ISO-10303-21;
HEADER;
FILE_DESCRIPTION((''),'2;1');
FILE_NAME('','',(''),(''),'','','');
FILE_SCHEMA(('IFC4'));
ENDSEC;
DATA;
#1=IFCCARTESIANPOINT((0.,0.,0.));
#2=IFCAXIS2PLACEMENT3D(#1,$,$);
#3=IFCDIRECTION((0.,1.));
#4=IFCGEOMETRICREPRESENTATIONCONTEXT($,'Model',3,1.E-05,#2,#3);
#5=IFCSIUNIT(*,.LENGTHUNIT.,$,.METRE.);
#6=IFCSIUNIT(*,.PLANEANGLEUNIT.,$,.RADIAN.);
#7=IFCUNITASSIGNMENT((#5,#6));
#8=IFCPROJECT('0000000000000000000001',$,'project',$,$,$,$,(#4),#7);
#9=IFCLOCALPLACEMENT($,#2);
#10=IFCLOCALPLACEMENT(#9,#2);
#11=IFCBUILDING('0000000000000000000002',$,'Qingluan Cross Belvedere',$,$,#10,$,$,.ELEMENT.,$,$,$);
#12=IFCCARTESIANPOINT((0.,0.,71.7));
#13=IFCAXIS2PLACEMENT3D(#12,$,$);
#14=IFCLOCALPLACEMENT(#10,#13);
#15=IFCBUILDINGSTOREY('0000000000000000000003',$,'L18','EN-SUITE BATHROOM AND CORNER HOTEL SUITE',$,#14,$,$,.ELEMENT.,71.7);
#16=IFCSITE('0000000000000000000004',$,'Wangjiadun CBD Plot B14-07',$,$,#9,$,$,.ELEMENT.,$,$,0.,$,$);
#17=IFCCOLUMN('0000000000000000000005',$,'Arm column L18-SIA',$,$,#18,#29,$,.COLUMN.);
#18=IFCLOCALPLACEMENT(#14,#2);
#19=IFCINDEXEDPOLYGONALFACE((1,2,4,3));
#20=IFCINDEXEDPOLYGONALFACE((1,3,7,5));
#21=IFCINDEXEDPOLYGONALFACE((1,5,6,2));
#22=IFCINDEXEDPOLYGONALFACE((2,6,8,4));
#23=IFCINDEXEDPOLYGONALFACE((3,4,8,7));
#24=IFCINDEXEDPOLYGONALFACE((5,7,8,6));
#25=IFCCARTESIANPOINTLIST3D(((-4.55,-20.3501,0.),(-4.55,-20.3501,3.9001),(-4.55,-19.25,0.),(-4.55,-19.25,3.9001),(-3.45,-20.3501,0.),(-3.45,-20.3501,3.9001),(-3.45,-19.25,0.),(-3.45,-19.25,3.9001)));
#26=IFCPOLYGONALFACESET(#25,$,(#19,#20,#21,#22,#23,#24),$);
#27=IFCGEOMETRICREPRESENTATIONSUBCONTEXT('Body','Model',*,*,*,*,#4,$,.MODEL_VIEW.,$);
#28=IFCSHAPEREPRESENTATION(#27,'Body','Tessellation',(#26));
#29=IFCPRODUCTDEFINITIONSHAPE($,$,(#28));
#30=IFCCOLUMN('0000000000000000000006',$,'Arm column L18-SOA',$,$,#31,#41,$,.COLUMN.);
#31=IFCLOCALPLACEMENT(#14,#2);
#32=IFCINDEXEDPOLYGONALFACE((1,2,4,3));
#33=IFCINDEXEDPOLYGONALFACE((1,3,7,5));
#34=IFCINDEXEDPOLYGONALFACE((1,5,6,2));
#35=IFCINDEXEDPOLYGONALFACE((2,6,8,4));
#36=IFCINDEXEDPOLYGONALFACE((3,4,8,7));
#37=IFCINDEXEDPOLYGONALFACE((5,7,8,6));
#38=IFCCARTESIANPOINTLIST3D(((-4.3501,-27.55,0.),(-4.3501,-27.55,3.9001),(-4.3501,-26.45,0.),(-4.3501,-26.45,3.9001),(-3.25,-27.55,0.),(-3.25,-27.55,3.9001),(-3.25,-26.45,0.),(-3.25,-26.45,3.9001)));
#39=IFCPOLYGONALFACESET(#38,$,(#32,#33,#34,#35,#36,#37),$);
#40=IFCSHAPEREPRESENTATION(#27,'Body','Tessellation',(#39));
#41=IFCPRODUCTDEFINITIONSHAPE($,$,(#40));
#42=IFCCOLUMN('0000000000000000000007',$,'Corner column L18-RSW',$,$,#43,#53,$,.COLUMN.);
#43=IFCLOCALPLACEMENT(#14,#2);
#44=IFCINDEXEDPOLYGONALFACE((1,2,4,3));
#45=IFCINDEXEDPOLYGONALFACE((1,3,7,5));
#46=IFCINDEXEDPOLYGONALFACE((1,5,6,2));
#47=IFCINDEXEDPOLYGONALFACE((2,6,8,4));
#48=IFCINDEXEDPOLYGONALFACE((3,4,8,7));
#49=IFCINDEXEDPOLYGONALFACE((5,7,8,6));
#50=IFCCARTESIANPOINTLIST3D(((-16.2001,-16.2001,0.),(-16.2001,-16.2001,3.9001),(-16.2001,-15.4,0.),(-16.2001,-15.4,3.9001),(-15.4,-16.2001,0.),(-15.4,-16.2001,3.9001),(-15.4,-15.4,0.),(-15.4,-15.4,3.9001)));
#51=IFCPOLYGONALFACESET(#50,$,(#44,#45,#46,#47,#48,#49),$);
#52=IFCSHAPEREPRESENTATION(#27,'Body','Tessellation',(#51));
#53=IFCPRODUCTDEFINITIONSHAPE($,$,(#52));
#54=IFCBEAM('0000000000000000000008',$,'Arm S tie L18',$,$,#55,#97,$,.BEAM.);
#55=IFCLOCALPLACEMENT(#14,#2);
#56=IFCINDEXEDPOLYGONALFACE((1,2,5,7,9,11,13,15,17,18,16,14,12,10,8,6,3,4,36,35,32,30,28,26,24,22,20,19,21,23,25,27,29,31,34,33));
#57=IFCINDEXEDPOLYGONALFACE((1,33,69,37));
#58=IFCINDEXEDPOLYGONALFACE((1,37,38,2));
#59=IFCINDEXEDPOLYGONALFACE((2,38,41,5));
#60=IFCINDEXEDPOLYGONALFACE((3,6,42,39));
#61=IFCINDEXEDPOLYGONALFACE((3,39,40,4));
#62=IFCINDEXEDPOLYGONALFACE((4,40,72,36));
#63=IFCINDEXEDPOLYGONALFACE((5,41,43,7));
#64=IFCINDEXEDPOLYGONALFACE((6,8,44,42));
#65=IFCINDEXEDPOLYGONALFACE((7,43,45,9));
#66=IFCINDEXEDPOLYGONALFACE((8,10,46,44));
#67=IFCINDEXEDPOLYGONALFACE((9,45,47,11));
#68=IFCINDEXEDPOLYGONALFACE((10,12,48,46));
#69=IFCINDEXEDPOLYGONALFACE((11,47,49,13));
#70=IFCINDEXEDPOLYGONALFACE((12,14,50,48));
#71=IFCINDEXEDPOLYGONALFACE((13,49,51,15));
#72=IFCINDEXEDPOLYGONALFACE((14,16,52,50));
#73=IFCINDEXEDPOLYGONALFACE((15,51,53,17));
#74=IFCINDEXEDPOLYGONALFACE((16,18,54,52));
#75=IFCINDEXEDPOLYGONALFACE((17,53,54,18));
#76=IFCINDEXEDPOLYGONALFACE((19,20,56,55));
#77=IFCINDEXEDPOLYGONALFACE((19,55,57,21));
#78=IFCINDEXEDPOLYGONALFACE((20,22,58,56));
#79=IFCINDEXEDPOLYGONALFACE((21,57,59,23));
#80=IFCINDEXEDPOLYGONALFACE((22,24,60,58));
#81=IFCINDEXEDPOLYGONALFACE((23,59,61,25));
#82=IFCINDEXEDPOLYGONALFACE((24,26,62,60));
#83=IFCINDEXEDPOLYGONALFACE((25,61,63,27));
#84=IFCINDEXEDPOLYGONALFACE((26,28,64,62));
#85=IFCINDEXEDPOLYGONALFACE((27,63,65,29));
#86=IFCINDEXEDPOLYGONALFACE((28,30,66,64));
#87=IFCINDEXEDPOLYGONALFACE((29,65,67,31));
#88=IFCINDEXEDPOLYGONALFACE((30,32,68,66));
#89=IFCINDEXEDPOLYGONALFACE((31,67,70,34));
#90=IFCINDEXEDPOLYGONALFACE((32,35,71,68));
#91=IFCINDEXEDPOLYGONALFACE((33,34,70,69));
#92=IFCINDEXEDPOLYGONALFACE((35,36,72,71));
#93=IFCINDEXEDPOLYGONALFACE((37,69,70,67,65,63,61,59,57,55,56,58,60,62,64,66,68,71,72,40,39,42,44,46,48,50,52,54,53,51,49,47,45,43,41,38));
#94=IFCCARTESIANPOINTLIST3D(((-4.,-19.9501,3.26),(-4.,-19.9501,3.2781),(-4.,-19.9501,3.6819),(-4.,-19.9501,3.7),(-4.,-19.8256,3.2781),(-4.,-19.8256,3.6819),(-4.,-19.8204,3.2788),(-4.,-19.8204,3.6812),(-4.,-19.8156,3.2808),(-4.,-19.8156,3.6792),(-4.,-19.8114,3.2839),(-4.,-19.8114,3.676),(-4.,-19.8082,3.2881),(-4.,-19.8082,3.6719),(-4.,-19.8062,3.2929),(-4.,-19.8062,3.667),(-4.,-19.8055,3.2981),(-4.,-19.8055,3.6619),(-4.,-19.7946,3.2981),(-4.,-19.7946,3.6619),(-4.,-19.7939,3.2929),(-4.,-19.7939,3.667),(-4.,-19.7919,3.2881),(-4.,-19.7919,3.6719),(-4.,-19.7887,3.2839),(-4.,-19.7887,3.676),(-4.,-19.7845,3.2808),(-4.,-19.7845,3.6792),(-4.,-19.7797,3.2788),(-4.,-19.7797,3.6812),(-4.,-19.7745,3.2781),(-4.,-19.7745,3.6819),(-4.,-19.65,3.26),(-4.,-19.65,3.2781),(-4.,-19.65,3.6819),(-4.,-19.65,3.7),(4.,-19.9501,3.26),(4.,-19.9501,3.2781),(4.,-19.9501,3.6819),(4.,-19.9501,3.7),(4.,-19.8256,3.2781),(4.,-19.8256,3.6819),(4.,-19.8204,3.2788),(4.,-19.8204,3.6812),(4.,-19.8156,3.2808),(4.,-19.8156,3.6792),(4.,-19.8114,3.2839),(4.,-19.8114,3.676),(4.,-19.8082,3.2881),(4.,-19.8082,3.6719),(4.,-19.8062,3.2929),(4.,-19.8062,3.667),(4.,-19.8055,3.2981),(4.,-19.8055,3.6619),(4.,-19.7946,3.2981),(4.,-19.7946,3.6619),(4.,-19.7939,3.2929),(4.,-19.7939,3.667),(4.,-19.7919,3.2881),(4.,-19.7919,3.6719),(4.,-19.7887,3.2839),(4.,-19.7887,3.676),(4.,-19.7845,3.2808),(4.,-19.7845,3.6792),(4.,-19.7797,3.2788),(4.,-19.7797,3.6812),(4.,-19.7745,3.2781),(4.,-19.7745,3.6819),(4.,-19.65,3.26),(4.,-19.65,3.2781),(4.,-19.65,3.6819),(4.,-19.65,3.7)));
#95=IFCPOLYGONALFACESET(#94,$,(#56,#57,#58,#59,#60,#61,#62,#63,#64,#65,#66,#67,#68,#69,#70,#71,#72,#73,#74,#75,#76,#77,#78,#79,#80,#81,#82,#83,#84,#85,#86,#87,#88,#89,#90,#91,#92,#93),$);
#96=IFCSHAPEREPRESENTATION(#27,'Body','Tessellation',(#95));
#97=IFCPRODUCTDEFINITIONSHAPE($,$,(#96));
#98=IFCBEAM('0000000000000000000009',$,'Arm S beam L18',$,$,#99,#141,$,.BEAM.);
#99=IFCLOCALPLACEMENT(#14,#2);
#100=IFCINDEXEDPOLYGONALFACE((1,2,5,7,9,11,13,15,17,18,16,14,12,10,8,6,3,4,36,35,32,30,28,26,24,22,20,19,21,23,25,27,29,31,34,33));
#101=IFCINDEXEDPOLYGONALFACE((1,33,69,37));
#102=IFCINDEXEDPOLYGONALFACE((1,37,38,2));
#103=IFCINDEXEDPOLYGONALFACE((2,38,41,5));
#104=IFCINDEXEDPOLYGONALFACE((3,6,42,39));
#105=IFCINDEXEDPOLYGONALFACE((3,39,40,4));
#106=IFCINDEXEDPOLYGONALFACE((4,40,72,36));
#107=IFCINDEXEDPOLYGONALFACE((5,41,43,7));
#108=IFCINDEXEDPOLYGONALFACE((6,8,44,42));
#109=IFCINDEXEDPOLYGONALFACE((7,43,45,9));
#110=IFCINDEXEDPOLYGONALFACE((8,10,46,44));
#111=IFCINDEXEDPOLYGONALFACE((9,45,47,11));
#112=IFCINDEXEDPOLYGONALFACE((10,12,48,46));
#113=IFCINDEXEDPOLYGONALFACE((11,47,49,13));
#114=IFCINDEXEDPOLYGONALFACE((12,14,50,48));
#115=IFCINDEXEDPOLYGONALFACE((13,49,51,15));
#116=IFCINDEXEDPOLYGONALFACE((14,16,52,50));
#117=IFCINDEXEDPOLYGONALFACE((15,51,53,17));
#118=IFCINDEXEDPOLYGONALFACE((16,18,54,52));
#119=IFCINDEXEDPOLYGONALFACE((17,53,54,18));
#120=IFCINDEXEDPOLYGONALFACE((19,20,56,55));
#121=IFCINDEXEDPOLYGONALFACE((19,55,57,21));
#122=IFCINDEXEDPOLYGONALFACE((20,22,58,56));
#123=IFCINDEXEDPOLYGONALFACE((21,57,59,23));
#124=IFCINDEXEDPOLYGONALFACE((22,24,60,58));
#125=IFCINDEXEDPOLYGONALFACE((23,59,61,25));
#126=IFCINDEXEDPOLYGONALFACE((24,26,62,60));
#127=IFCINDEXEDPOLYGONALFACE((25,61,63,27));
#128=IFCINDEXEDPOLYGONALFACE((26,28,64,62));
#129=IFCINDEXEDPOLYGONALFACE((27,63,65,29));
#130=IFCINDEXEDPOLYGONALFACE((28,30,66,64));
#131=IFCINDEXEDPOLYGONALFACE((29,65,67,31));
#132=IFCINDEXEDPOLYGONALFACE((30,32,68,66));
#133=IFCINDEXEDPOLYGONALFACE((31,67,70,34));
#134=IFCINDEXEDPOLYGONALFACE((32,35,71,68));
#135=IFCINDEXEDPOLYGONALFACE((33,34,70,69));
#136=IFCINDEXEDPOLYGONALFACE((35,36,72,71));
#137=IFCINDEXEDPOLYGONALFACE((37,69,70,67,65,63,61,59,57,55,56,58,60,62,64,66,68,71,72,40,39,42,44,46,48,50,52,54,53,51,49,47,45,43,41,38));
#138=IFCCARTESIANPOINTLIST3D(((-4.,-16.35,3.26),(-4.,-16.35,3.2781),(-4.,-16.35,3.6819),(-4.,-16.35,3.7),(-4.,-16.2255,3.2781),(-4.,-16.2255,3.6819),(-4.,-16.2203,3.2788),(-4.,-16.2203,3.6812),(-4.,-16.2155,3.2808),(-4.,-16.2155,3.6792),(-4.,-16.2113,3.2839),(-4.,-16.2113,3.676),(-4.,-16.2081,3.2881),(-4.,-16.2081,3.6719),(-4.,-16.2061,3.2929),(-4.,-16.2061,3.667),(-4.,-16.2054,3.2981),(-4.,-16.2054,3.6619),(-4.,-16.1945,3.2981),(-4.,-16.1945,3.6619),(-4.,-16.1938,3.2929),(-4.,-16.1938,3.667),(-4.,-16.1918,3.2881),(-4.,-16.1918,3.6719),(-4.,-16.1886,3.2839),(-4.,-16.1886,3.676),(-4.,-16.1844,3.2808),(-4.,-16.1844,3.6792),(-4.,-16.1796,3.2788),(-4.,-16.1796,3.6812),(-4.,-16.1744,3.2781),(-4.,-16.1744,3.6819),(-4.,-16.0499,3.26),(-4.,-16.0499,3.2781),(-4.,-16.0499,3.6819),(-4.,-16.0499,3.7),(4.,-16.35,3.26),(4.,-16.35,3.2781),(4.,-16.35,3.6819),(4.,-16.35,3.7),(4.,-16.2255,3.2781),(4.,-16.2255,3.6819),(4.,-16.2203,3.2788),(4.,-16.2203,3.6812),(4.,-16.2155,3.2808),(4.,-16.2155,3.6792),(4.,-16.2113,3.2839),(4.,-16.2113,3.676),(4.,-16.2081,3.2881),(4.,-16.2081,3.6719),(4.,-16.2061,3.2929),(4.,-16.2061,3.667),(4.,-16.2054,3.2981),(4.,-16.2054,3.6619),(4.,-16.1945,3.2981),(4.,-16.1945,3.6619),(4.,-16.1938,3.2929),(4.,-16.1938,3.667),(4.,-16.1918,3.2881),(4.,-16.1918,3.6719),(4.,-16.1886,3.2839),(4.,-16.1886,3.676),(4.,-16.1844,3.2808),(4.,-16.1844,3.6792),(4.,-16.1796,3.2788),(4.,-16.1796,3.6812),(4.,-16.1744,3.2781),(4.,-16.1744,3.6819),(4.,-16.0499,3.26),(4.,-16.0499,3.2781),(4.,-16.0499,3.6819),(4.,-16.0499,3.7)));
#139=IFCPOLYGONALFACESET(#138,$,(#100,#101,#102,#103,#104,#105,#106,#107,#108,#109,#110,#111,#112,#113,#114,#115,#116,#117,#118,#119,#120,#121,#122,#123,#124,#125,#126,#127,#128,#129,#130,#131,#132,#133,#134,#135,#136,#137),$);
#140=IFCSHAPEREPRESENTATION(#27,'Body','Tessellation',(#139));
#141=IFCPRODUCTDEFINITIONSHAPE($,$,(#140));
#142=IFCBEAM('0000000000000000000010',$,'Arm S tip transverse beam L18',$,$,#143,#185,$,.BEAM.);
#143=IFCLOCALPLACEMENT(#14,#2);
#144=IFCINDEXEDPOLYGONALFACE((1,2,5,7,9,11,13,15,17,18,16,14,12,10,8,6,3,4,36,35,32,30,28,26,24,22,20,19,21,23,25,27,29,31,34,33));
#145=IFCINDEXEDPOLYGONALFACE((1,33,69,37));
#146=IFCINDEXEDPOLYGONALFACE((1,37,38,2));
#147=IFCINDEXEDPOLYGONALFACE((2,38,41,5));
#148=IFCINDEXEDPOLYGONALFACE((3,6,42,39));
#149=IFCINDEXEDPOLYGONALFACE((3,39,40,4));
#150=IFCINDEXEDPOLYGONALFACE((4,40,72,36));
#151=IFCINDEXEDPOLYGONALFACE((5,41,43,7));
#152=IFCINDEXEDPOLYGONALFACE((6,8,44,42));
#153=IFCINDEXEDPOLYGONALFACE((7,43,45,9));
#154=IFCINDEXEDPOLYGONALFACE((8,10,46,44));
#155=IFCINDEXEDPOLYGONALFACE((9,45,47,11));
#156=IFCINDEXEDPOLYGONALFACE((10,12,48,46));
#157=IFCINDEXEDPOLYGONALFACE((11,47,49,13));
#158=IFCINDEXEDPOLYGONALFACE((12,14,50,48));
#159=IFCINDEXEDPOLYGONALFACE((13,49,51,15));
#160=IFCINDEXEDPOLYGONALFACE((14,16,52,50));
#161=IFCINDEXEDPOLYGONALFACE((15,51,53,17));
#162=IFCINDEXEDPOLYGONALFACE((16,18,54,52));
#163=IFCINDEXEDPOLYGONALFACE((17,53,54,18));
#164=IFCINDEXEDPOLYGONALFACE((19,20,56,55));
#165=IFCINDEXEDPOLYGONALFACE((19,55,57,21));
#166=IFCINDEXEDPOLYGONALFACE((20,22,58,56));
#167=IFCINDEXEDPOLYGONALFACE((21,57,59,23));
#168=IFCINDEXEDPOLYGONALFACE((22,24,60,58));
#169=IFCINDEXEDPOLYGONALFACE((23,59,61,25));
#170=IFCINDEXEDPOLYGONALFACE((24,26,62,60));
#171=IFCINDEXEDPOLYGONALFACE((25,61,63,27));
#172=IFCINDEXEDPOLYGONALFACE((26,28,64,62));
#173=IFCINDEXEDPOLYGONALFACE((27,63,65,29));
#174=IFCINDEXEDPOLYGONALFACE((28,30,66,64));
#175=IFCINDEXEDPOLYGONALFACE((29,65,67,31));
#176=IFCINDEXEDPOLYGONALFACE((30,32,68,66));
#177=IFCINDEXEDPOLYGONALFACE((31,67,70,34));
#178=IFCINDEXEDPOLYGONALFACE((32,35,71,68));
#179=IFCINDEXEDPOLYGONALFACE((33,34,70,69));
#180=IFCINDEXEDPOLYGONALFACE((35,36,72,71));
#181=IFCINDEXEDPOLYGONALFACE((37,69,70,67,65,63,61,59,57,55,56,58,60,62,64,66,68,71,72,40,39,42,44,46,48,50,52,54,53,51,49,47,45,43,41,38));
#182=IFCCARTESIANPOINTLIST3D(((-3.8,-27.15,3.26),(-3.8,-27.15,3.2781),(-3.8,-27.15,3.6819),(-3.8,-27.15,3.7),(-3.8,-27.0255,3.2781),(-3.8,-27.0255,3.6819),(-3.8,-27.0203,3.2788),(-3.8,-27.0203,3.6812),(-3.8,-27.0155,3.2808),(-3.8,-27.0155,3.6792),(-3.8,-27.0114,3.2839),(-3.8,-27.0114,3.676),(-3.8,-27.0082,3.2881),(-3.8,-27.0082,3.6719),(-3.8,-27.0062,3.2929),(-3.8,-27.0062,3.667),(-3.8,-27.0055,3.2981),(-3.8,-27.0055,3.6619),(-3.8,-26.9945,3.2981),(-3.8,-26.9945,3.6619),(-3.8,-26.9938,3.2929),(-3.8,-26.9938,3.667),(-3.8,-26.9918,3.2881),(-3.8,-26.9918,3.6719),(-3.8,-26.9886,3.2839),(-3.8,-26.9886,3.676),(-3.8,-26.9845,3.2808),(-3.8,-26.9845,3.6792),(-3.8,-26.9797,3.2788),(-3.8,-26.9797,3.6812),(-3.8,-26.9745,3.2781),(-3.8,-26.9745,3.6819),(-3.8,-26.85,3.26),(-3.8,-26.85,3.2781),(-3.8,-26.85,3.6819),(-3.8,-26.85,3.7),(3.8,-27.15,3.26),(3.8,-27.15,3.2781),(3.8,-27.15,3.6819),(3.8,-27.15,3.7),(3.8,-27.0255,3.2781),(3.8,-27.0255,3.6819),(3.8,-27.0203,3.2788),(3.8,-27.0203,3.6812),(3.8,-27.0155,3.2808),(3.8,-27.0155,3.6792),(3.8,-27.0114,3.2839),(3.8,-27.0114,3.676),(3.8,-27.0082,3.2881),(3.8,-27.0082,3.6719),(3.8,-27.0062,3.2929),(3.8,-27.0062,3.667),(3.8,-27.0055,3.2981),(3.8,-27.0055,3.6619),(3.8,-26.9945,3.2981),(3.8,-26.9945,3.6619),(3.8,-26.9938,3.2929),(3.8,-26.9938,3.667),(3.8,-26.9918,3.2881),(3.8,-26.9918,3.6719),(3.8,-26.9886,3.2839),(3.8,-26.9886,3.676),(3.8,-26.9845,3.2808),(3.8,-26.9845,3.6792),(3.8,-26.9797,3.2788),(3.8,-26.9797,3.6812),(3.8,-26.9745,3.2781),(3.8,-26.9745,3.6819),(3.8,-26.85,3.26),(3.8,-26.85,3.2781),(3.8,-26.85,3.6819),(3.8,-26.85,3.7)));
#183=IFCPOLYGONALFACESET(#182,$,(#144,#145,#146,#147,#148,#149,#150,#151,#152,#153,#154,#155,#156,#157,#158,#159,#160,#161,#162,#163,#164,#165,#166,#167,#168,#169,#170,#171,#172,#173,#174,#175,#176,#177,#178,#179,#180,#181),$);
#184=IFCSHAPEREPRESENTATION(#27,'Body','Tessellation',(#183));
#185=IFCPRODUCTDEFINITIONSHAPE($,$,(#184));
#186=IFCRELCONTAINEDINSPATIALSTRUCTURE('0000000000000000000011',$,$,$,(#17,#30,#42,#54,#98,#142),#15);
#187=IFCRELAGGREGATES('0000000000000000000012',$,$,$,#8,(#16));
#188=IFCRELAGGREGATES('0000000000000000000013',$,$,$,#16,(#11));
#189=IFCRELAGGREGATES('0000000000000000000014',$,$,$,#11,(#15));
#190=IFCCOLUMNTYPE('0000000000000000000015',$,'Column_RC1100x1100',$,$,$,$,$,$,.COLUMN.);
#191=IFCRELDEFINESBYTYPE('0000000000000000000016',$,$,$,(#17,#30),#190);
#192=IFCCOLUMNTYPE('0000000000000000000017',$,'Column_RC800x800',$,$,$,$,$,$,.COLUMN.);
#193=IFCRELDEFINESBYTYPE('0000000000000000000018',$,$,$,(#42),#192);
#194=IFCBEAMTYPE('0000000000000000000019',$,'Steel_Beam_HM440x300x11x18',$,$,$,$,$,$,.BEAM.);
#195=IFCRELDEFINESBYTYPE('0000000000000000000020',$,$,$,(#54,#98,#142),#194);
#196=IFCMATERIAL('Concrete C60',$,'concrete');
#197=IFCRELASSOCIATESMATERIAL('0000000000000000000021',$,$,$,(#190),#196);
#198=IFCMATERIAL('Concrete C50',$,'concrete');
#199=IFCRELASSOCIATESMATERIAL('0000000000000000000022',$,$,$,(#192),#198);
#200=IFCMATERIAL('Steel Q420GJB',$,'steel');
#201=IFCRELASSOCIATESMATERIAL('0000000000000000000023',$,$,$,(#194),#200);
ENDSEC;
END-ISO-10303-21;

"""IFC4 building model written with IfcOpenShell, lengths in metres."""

from ifc_helpers import new_model, si_unit, direction, frame, origin, origin_2d, place, context, subcontext, project, spatial, rectangle, i_section, extrude, material, material_profile, profile_set, type_object, element, save


model = new_model("IFC4")

# Units and contexts
model_context = context("Model", 3, precision=1e-05, world=origin(), true_north=direction((0.0, 1.0)))
body_context = subcontext(model_context, "Body", "Model", "MODEL_VIEW")
ifc_project = project(units=[si_unit("LENGTHUNIT", "METRE"), si_unit("PLANEANGLEUNIT", "RADIAN")], contexts=[model_context])

# Site, building, storey
site_placement = place(None, origin())
site = spatial("IfcSite", under=ifc_project, at=site_placement, Name="Wangjiadun CBD Plot B14-07", CompositionType="ELEMENT", RefElevation=0.0)
building_placement = place(site_placement, origin())
building = spatial("IfcBuilding", under=site, at=building_placement, Name="Qingluan Cross Belvedere", CompositionType="ELEMENT")
storey_placement = place(building_placement, frame((0.0, 0.0, 71.7)))
storey = spatial("IfcBuildingStorey", under=building, at=storey_placement, Name="L18", Description="EN-SUITE BATHROOM AND CORNER HOTEL SUITE", CompositionType="ELEMENT", Elevation=71.7)

# Columns
ifc_material_1 = material(Name="Concrete C60", Category="concrete")
ifc_material_profile_1 = material_profile(ifc_material_1, rectangle(XDim=1.1001, YDim=1.1001, at=origin_2d()), Name="RC1100x1100")
ifc_profile_set_1 = profile_set([ifc_material_profile_1], Name="Concrete C60")
column_type_1 = type_object("IfcColumnType", Name="Column_RC1100x1100", PredefinedType="COLUMN", material=ifc_profile_set_1)
for number, where, z_axis, x_axis, name in (
    (1, (-4.0, -19.8, 0.0), (0.0, 0.0, 1.0), (1.0, 0.0, 0.0), "Arm column L18-SIA"),
    (2, (-3.8, -27.0, 0.0), (0.0, 0.0, 1.0), (1.0, 0.0, 0.0), "Arm column L18-SOA"),
):
    element("IfcColumn", number, at=place(storey_placement, frame(where, z_axis=z_axis, x_axis=x_axis)), inside=storey, type_object=column_type_1, Name=name, PredefinedType="COLUMN", context=body_context, shape_type="SweptSolid", body=[
        extrude(rectangle(XDim=1.1001, YDim=1.1001, at=origin_2d()), origin(), (0.0, 0.0, 1.0), 3.9001),
    ])
ifc_material_2 = material(Name="Concrete C50", Category="concrete")
ifc_material_profile_2 = material_profile(ifc_material_2, rectangle(XDim=0.8, YDim=0.8, at=origin_2d()), Name="RC800x800")
ifc_profile_set_2 = profile_set([ifc_material_profile_2], Name="Concrete C50")
column_type_2 = type_object("IfcColumnType", Name="Column_RC800x800", PredefinedType="COLUMN", material=ifc_profile_set_2)
column_placement = place(storey_placement, frame((-15.8, -15.8, 0.0), z_axis=(0.0, 0.0, 1.0), x_axis=(1.0, 0.0, 0.0)))
element("IfcColumn", 3, at=column_placement, inside=storey, type_object=column_type_2, Name="Corner column L18-RSW", PredefinedType="COLUMN", context=body_context, shape_type="SweptSolid", body=[
    extrude(rectangle(XDim=0.8, YDim=0.8, at=origin_2d()), origin(), (0.0, 0.0, 1.0), 3.9001),
])

# Beams
ifc_material_3 = material(Name="Steel Q420GJB", Category="steel")
ifc_material_profile_3 = material_profile(ifc_material_3, i_section(OverallWidth=0.3, OverallDepth=0.4399, WebThickness=0.011, FlangeThickness=0.0181, FilletRadius=0.02, at=origin_2d()), Name="HM440x300x11x18")
ifc_profile_set_3 = profile_set([ifc_material_profile_3], Name="Steel Q420GJB")
beam_type_1 = type_object("IfcBeamType", Name="Steel_Beam_HM440x300x11x18", PredefinedType="BEAM", material=ifc_profile_set_3)
for number, where, z_axis, x_axis, name in (
    (4, (-4.0, -19.8, 3.48), (1.0, 0.0, 0.0), (0.0, 1.0, 0.0), "Arm S tie L18"),
    (5, (-4.0, -16.2, 3.48), (1.0, 0.0, 0.0), (0.0, 1.0, 0.0), "Arm S beam L18"),
):
    element("IfcBeam", number, at=place(storey_placement, frame(where, z_axis=z_axis, x_axis=x_axis)), inside=storey, type_object=beam_type_1, Name=name, PredefinedType="BEAM", context=body_context, shape_type="SweptSolid", body=[
        extrude(i_section(OverallWidth=0.3, OverallDepth=0.4399, WebThickness=0.011, FlangeThickness=0.0181, FilletRadius=0.02, at=origin_2d()), origin(), (0.0, 0.0, 1.0), 8.0),
    ])
beam_1_placement = place(storey_placement, frame((-3.8, -27.0, 3.48), z_axis=(1.0, 0.0, 0.0), x_axis=(0.0, 1.0, 0.0)))
element("IfcBeam", 6, at=beam_1_placement, inside=storey, type_object=beam_type_1, Name="Arm S tip transverse beam L18", PredefinedType="BEAM", context=body_context, shape_type="SweptSolid", body=[
    extrude(i_section(OverallWidth=0.3, OverallDepth=0.4399, WebThickness=0.011, FlangeThickness=0.0181, FilletRadius=0.02, at=origin_2d()), origin(), (0.0, 0.0, 1.0), 7.6001),
])

save(model, "model.ifc")
